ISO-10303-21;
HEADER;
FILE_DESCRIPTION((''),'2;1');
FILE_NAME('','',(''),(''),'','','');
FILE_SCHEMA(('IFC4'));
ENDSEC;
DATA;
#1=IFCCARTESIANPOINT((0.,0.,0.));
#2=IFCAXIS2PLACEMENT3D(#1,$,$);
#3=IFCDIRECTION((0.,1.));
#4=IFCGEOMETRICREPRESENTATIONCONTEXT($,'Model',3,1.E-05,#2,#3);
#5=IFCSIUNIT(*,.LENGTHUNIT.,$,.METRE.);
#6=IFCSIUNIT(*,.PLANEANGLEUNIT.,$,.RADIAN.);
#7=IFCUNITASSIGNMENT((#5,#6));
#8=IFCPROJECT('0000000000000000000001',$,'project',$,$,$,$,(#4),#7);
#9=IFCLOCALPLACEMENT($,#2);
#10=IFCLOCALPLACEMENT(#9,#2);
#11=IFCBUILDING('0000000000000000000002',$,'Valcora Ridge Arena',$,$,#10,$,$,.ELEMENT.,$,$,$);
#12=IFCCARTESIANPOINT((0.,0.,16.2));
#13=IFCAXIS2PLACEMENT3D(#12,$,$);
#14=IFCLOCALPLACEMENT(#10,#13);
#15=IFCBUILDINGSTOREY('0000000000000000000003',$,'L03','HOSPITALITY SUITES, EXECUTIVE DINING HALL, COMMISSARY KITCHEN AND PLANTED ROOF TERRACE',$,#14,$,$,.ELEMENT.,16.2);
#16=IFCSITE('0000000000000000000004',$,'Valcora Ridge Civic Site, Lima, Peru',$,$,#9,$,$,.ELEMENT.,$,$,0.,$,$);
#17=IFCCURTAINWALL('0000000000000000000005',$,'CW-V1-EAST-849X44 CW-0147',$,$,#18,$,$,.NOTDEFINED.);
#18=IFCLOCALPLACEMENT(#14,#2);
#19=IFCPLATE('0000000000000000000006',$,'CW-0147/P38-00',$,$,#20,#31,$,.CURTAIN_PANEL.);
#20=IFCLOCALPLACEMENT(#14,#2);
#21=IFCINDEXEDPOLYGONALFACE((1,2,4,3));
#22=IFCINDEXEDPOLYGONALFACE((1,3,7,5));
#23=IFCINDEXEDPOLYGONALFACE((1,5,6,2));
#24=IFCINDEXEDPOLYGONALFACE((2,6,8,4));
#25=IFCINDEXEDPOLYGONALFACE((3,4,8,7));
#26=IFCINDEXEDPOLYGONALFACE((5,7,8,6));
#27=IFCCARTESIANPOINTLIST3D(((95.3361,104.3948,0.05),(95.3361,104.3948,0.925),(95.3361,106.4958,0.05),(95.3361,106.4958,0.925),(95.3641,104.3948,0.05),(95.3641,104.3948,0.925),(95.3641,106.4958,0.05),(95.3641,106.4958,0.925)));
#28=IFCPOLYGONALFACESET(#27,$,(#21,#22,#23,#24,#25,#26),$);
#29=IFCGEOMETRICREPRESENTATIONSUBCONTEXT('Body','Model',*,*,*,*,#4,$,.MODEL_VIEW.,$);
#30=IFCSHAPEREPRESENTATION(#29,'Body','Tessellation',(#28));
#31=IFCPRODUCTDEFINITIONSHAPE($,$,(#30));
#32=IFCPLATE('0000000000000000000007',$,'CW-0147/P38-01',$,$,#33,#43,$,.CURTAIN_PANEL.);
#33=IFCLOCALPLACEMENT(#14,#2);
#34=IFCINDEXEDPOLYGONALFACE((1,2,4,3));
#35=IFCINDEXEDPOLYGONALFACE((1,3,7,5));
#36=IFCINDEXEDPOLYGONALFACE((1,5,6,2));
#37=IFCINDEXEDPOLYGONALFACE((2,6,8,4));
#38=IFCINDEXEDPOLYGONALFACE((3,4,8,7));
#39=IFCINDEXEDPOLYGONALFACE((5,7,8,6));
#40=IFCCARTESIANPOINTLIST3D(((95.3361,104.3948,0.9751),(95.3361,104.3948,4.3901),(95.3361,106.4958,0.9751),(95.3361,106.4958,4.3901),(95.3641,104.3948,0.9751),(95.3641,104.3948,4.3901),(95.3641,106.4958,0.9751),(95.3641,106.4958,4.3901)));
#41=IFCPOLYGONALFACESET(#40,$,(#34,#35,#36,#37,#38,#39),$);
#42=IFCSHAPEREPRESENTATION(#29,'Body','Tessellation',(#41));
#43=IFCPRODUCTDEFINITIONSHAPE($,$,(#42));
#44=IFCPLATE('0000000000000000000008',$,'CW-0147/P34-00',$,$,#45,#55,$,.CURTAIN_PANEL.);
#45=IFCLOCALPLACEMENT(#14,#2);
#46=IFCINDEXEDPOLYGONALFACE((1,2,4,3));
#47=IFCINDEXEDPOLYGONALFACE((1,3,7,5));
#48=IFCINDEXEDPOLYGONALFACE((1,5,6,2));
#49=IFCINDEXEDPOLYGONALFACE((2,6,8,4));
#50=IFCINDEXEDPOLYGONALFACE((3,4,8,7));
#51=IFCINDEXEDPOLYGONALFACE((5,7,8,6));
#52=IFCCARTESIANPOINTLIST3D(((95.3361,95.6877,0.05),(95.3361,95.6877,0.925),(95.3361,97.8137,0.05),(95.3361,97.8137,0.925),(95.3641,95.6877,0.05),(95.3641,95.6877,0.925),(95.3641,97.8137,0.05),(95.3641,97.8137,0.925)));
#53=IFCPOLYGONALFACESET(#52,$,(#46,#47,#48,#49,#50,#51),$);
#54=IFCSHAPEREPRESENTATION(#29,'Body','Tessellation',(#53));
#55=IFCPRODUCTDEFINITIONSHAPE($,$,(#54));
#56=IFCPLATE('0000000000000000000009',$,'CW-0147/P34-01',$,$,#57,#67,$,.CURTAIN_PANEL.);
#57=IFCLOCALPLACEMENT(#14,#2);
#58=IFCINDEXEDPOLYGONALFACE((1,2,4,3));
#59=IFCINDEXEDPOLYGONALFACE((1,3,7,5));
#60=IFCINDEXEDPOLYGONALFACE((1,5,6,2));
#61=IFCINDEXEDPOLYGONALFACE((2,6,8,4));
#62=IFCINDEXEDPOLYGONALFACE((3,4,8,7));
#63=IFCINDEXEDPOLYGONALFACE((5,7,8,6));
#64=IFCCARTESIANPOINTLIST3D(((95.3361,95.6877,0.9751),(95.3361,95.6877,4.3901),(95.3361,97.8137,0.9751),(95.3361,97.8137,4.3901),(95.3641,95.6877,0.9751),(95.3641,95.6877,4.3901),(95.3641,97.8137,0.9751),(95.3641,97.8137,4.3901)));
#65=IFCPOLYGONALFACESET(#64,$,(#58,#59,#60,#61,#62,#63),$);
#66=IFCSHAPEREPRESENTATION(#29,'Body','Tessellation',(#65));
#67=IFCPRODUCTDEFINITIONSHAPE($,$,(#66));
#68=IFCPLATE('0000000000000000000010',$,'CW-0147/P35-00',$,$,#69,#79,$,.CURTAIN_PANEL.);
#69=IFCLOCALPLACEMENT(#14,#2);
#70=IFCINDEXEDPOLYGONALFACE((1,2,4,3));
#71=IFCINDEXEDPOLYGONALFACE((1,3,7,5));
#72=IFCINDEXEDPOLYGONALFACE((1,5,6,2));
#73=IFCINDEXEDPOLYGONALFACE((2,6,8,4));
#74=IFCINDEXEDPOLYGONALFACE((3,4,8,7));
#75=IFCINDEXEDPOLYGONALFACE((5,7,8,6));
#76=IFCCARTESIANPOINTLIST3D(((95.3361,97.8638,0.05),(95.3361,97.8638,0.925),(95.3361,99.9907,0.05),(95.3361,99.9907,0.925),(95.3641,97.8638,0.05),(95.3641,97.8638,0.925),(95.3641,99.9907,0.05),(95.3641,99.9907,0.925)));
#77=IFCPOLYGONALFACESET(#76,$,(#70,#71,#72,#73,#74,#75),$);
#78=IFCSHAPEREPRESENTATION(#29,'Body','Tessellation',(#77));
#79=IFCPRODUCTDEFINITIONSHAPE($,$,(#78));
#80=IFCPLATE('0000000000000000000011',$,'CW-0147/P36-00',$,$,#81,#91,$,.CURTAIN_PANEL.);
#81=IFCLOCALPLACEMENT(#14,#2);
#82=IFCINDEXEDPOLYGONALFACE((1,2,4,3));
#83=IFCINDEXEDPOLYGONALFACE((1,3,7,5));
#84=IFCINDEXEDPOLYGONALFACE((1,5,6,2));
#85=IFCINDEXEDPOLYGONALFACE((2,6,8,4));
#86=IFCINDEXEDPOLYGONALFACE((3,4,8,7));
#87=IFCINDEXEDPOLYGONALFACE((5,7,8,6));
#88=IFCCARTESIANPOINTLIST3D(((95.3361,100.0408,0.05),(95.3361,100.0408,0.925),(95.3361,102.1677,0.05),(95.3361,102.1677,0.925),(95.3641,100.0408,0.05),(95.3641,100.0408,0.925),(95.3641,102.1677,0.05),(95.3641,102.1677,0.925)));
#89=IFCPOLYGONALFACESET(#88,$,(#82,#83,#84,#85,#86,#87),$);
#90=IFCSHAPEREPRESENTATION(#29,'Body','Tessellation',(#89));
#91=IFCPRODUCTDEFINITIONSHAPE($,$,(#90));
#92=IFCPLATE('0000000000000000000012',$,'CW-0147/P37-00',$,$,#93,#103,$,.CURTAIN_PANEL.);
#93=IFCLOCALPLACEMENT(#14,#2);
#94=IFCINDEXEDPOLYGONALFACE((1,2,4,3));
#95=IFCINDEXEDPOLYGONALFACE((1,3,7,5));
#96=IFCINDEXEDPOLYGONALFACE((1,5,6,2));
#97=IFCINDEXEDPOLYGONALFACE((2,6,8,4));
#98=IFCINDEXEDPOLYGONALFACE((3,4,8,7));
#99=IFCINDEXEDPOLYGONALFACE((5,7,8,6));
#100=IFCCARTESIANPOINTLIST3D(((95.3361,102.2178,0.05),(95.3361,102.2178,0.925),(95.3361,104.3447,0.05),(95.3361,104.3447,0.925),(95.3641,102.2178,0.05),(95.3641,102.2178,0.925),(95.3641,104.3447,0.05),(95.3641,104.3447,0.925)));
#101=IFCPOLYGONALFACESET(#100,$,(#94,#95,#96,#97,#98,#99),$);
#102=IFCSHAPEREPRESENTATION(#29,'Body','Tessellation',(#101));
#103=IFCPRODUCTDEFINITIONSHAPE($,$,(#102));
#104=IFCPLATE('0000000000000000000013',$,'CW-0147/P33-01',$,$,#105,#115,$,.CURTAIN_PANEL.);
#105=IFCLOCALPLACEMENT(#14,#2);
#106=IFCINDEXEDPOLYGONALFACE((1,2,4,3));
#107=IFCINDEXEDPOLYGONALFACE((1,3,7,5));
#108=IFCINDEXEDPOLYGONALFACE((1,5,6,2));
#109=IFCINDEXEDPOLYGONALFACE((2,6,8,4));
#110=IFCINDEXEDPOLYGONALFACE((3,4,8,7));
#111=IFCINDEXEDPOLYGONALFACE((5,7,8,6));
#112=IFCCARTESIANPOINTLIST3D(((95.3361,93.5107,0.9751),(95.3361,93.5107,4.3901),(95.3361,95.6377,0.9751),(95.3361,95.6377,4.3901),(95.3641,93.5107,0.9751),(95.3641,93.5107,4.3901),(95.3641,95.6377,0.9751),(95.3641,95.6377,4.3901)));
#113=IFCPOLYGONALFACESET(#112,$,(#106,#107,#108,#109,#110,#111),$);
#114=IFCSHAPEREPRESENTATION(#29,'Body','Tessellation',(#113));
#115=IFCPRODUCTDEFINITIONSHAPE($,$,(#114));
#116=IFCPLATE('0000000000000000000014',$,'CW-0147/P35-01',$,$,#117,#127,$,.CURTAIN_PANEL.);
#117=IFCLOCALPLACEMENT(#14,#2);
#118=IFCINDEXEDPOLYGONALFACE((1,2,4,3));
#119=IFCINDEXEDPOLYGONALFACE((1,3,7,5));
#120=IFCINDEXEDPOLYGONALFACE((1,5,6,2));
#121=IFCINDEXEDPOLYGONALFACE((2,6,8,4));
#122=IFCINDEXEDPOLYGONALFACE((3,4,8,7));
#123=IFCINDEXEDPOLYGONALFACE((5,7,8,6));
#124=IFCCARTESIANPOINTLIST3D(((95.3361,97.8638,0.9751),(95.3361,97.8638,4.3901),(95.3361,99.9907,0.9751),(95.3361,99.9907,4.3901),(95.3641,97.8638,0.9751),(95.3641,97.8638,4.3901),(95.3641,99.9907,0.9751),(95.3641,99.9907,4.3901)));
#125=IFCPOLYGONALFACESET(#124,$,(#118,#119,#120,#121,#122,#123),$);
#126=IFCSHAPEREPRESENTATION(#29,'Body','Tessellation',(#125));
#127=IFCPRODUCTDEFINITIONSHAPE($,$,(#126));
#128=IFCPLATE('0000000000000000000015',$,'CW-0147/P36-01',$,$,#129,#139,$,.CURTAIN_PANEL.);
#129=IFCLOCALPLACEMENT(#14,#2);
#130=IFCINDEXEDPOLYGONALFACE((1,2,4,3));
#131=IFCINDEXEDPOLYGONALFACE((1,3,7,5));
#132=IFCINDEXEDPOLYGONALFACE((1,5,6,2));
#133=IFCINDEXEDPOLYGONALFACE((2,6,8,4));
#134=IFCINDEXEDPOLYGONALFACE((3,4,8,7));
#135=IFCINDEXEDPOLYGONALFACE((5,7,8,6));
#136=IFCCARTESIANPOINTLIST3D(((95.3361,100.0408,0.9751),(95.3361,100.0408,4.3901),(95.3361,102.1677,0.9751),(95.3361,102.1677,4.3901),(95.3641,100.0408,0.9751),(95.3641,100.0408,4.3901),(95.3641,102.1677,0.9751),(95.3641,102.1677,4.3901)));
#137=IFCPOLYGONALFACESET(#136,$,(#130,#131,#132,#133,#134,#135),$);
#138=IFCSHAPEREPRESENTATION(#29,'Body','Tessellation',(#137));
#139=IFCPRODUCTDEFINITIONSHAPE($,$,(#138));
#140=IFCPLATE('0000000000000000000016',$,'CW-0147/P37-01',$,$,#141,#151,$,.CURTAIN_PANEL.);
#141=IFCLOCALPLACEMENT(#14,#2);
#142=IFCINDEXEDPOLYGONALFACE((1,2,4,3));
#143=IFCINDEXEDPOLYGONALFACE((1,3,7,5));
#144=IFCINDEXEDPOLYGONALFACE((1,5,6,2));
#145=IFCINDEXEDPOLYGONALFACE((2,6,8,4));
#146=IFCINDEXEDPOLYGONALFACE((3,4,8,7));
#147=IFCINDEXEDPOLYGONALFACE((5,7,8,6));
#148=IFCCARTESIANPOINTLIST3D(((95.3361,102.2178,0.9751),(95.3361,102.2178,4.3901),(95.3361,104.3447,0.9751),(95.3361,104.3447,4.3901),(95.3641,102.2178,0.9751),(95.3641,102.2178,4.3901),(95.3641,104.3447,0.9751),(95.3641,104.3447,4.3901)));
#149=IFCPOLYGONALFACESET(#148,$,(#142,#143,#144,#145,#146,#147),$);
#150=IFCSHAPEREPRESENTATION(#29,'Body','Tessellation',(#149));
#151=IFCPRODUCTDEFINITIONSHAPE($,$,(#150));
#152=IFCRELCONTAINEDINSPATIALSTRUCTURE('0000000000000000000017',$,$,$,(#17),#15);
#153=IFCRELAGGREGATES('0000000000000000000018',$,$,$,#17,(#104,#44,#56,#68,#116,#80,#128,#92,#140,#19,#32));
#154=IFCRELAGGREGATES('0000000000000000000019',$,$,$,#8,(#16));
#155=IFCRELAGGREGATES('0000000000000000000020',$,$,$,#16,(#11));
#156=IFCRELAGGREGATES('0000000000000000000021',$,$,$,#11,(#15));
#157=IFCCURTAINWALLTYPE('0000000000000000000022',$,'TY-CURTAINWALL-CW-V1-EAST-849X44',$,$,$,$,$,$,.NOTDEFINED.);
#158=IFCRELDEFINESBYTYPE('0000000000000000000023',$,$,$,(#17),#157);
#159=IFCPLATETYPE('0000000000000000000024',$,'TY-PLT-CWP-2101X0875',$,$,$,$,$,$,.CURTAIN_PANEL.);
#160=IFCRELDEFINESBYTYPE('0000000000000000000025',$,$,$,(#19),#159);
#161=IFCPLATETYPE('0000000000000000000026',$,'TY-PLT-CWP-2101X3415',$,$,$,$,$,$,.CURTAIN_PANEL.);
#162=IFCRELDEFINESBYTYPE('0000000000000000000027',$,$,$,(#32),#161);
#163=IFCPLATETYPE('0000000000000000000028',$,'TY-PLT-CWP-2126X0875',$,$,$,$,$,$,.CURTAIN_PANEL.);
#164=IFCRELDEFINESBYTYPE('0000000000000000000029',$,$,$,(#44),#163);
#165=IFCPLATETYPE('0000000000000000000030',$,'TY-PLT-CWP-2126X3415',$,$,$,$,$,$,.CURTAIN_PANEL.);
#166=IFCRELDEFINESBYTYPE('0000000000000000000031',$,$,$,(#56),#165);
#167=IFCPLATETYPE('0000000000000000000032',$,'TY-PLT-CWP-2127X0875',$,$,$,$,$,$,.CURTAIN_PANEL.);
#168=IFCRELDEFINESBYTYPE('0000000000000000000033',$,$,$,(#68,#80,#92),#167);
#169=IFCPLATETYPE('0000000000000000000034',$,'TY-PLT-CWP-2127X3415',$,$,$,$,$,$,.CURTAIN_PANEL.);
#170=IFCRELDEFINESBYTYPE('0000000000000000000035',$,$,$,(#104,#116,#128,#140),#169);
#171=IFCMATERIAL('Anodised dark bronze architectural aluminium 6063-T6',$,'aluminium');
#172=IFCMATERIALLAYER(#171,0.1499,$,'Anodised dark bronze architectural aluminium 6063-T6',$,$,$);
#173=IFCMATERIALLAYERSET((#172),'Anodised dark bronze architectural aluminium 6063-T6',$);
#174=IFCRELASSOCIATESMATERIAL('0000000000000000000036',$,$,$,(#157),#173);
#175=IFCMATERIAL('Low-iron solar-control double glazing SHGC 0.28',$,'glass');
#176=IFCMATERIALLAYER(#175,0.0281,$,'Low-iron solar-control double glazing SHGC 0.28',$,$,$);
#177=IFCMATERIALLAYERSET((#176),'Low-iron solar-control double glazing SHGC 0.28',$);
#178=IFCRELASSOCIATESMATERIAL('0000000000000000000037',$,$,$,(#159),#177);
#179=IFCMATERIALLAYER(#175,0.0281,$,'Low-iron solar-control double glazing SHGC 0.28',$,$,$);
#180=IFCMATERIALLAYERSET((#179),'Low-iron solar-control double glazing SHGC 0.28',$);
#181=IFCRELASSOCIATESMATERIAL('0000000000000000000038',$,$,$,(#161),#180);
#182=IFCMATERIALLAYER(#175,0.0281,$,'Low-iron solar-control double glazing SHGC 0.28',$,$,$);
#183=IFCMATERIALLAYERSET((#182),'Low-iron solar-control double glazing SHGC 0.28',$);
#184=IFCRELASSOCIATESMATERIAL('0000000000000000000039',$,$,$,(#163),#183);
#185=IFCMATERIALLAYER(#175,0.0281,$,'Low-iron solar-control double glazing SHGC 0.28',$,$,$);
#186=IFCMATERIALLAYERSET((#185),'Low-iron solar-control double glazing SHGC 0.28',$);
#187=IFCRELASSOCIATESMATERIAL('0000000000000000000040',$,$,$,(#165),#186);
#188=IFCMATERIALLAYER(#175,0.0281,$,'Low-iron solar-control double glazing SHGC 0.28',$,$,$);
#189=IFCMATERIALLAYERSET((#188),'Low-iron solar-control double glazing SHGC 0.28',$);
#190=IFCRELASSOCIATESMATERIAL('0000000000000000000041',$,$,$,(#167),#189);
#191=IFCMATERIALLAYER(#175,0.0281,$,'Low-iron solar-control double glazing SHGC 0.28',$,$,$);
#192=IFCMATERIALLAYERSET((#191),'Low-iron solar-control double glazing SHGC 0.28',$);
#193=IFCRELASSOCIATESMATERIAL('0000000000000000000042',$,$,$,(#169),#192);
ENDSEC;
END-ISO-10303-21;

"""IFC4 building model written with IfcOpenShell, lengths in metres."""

from ifc_helpers import new_model, si_unit, direction, frame, origin, origin_2d, place, context, subcontext, project, spatial, rectangle, extrude, material, layer, layer_set, type_object, element, aggregate, save


model = new_model("IFC4")

# Units and contexts
model_context = context("Model", 3, precision=1e-05, world=origin(), true_north=direction((0.0, 1.0)))
body_context = subcontext(model_context, "Body", "Model", "MODEL_VIEW")
ifc_project = project(units=[si_unit("LENGTHUNIT", "METRE"), si_unit("PLANEANGLEUNIT", "RADIAN")], contexts=[model_context])

# Site, building, storey
site_placement = place(None, origin())
site = spatial("IfcSite", under=ifc_project, at=site_placement, Name="Valcora Ridge Civic Site, Lima, Peru", CompositionType="ELEMENT", RefElevation=0.0)
building_placement = place(site_placement, origin())
building = spatial("IfcBuilding", under=site, at=building_placement, Name="Valcora Ridge Arena", CompositionType="ELEMENT")
storey_placement = place(building_placement, frame((0.0, 0.0, 16.2)))
storey = spatial("IfcBuildingStorey", under=building, at=storey_placement, Name="L03", Description="HOSPITALITY SUITES, EXECUTIVE DINING HALL, COMMISSARY KITCHEN AND PLANTED ROOF TERRACE", CompositionType="ELEMENT", Elevation=16.2)

# Shared definitions
ifc_material_1 = material(Name="Anodised dark bronze architectural aluminium 6063-T6", Category="aluminium")

# Curtain wall
ifc_layer_1 = layer(ifc_material_1, 0.1499, Name="Anodised dark bronze architectural aluminium 6063-T6")
ifc_layer_set_1 = layer_set([ifc_layer_1], Name="Anodised dark bronze architectural aluminium 6063-T6")
curtain_wall_type_1 = type_object("IfcCurtainWallType", Name="TY-CURTAINWALL-CW-V1-EAST-849X44", PredefinedType="NOTDEFINED", material=ifc_layer_set_1)
curtain_wall_1_placement = place(storey_placement, origin())
curtain_wall_1 = element("IfcCurtainWall", 1, at=curtain_wall_1_placement, inside=storey, type_object=curtain_wall_type_1, Name="CW-V1-EAST-849X44 CW-0147", PredefinedType="NOTDEFINED")

# Plates
ifc_material_2 = material(Name="Low-iron solar-control double glazing SHGC 0.28", Category="glass")
ifc_layer_2 = layer(ifc_material_2, 0.0281, Name="Low-iron solar-control double glazing SHGC 0.28")
ifc_layer_set_2 = layer_set([ifc_layer_2], Name="Low-iron solar-control double glazing SHGC 0.28")
plate_type_1 = type_object("IfcPlateType", Name="TY-PLT-CWP-2101X0875", PredefinedType="CURTAIN_PANEL", material=ifc_layer_set_2)
plate_1_placement = place(storey_placement, frame((95.3501, 105.4453, 0.05), z_axis=(0.0, 0.0, 1.0), x_axis=(0.0, 1.0, 0.0)))
plate_1 = element("IfcPlate", 2, at=plate_1_placement, type_object=plate_type_1, Name="CW-0147/P38-00", PredefinedType="CURTAIN_PANEL", context=body_context, shape_type="SweptSolid", body=[
    extrude(rectangle(XDim=2.1011, YDim=0.0281, at=origin_2d()), origin(), (0.0, 0.0, 1.0), 0.875),
])
ifc_layer_3 = layer(ifc_material_2, 0.0281, Name="Low-iron solar-control double glazing SHGC 0.28")
ifc_layer_set_3 = layer_set([ifc_layer_3], Name="Low-iron solar-control double glazing SHGC 0.28")
plate_type_2 = type_object("IfcPlateType", Name="TY-PLT-CWP-2101X3415", PredefinedType="CURTAIN_PANEL", material=ifc_layer_set_3)
plate_2_placement = place(storey_placement, frame((95.3501, 105.4453, 0.9751), z_axis=(0.0, 0.0, 1.0), x_axis=(0.0, 1.0, 0.0)))
plate_2 = element("IfcPlate", 3, at=plate_2_placement, type_object=plate_type_2, Name="CW-0147/P38-01", PredefinedType="CURTAIN_PANEL", context=body_context, shape_type="SweptSolid", body=[
    extrude(rectangle(XDim=2.1011, YDim=0.0281, at=origin_2d()), origin(), (0.0, 0.0, 1.0), 3.415),
])
ifc_layer_4 = layer(ifc_material_2, 0.0281, Name="Low-iron solar-control double glazing SHGC 0.28")
ifc_layer_set_4 = layer_set([ifc_layer_4], Name="Low-iron solar-control double glazing SHGC 0.28")
plate_type_3 = type_object("IfcPlateType", Name="TY-PLT-CWP-2126X0875", PredefinedType="CURTAIN_PANEL", material=ifc_layer_set_4)
plate_3_placement = place(storey_placement, frame((95.3501, 96.7507, 0.05), z_axis=(0.0, 0.0, 1.0), x_axis=(0.0, 1.0, 0.0)))
plate_3 = element("IfcPlate", 4, at=plate_3_placement, type_object=plate_type_3, Name="CW-0147/P34-00", PredefinedType="CURTAIN_PANEL", context=body_context, shape_type="SweptSolid", body=[
    extrude(rectangle(XDim=2.126, YDim=0.0281, at=origin_2d()), origin(), (0.0, 0.0, 1.0), 0.875),
])
ifc_layer_5 = layer(ifc_material_2, 0.0281, Name="Low-iron solar-control double glazing SHGC 0.28")
ifc_layer_set_5 = layer_set([ifc_layer_5], Name="Low-iron solar-control double glazing SHGC 0.28")
plate_type_4 = type_object("IfcPlateType", Name="TY-PLT-CWP-2126X3415", PredefinedType="CURTAIN_PANEL", material=ifc_layer_set_5)
plate_4_placement = place(storey_placement, frame((95.3501, 96.7507, 0.9751), z_axis=(0.0, 0.0, 1.0), x_axis=(0.0, 1.0, 0.0)))
plate_4 = element("IfcPlate", 5, at=plate_4_placement, type_object=plate_type_4, Name="CW-0147/P34-01", PredefinedType="CURTAIN_PANEL", context=body_context, shape_type="SweptSolid", body=[
    extrude(rectangle(XDim=2.126, YDim=0.0281, at=origin_2d()), origin(), (0.0, 0.0, 1.0), 3.415),
])
ifc_layer_6 = layer(ifc_material_2, 0.0281, Name="Low-iron solar-control double glazing SHGC 0.28")
ifc_layer_set_6 = layer_set([ifc_layer_6], Name="Low-iron solar-control double glazing SHGC 0.28")
plate_type_5 = type_object("IfcPlateType", Name="TY-PLT-CWP-2127X0875", PredefinedType="CURTAIN_PANEL", material=ifc_layer_set_6)
plate_5_placement = place(storey_placement, frame((95.3501, 98.9272, 0.05), z_axis=(0.0, 0.0, 1.0), x_axis=(0.0, 1.0, 0.0)))
plate_5 = element("IfcPlate", 6, at=plate_5_placement, type_object=plate_type_5, Name="CW-0147/P35-00", PredefinedType="CURTAIN_PANEL", context=body_context, shape_type="SweptSolid", body=[
    extrude(rectangle(XDim=2.127, YDim=0.0281, at=origin_2d()), origin(), (0.0, 0.0, 1.0), 0.875),
])
plate_6_placement = place(storey_placement, frame((95.3501, 101.1042, 0.05), z_axis=(0.0, 0.0, 1.0), x_axis=(0.0, 1.0, 0.0)))
plate_6 = element("IfcPlate", 7, at=plate_6_placement, type_object=plate_type_5, Name="CW-0147/P36-00", PredefinedType="CURTAIN_PANEL", context=body_context, shape_type="SweptSolid", body=[
    extrude(rectangle(XDim=2.127, YDim=0.0281, at=origin_2d()), origin(), (0.0, 0.0, 1.0), 0.875),
])
plate_7_placement = place(storey_placement, frame((95.3501, 103.2812, 0.05), z_axis=(0.0, 0.0, 1.0), x_axis=(0.0, 1.0, 0.0)))
plate_7 = element("IfcPlate", 8, at=plate_7_placement, type_object=plate_type_5, Name="CW-0147/P37-00", PredefinedType="CURTAIN_PANEL", context=body_context, shape_type="SweptSolid", body=[
    extrude(rectangle(XDim=2.127, YDim=0.0281, at=origin_2d()), origin(), (0.0, 0.0, 1.0), 0.875),
])
ifc_layer_7 = layer(ifc_material_2, 0.0281, Name="Low-iron solar-control double glazing SHGC 0.28")
ifc_layer_set_7 = layer_set([ifc_layer_7], Name="Low-iron solar-control double glazing SHGC 0.28")
plate_type_6 = type_object("IfcPlateType", Name="TY-PLT-CWP-2127X3415", PredefinedType="CURTAIN_PANEL", material=ifc_layer_set_7)
plate_8_placement = place(storey_placement, frame((95.3501, 94.5742, 0.9751), z_axis=(0.0, 0.0, 1.0), x_axis=(0.0, 1.0, 0.0)))
plate_8 = element("IfcPlate", 9, at=plate_8_placement, type_object=plate_type_6, Name="CW-0147/P33-01", PredefinedType="CURTAIN_PANEL", context=body_context, shape_type="SweptSolid", body=[
    extrude(rectangle(XDim=2.127, YDim=0.0281, at=origin_2d()), origin(), (0.0, 0.0, 1.0), 3.415),
])
plate_9_placement = place(storey_placement, frame((95.3501, 98.9272, 0.9751), z_axis=(0.0, 0.0, 1.0), x_axis=(0.0, 1.0, 0.0)))
plate_9 = element("IfcPlate", 10, at=plate_9_placement, type_object=plate_type_6, Name="CW-0147/P35-01", PredefinedType="CURTAIN_PANEL", context=body_context, shape_type="SweptSolid", body=[
    extrude(rectangle(XDim=2.127, YDim=0.0281, at=origin_2d()), origin(), (0.0, 0.0, 1.0), 3.415),
])
plate_10_placement = place(storey_placement, frame((95.3501, 101.1042, 0.9751), z_axis=(0.0, 0.0, 1.0), x_axis=(0.0, 1.0, 0.0)))
plate_10 = element("IfcPlate", 11, at=plate_10_placement, type_object=plate_type_6, Name="CW-0147/P36-01", PredefinedType="CURTAIN_PANEL", context=body_context, shape_type="SweptSolid", body=[
    extrude(rectangle(XDim=2.127, YDim=0.0281, at=origin_2d()), origin(), (0.0, 0.0, 1.0), 3.415),
])
plate_11_placement = place(storey_placement, frame((95.3501, 103.2812, 0.9751), z_axis=(0.0, 0.0, 1.0), x_axis=(0.0, 1.0, 0.0)))
plate_11 = element("IfcPlate", 12, at=plate_11_placement, type_object=plate_type_6, Name="CW-0147/P37-01", PredefinedType="CURTAIN_PANEL", context=body_context, shape_type="SweptSolid", body=[
    extrude(rectangle(XDim=2.127, YDim=0.0281, at=origin_2d()), origin(), (0.0, 0.0, 1.0), 3.415),
])
aggregate(curtain_wall_1, [plate_8, plate_3, plate_4, plate_5, plate_9, plate_6, plate_10, plate_7, plate_11, plate_1, plate_2])

save(model, "model.ifc")
